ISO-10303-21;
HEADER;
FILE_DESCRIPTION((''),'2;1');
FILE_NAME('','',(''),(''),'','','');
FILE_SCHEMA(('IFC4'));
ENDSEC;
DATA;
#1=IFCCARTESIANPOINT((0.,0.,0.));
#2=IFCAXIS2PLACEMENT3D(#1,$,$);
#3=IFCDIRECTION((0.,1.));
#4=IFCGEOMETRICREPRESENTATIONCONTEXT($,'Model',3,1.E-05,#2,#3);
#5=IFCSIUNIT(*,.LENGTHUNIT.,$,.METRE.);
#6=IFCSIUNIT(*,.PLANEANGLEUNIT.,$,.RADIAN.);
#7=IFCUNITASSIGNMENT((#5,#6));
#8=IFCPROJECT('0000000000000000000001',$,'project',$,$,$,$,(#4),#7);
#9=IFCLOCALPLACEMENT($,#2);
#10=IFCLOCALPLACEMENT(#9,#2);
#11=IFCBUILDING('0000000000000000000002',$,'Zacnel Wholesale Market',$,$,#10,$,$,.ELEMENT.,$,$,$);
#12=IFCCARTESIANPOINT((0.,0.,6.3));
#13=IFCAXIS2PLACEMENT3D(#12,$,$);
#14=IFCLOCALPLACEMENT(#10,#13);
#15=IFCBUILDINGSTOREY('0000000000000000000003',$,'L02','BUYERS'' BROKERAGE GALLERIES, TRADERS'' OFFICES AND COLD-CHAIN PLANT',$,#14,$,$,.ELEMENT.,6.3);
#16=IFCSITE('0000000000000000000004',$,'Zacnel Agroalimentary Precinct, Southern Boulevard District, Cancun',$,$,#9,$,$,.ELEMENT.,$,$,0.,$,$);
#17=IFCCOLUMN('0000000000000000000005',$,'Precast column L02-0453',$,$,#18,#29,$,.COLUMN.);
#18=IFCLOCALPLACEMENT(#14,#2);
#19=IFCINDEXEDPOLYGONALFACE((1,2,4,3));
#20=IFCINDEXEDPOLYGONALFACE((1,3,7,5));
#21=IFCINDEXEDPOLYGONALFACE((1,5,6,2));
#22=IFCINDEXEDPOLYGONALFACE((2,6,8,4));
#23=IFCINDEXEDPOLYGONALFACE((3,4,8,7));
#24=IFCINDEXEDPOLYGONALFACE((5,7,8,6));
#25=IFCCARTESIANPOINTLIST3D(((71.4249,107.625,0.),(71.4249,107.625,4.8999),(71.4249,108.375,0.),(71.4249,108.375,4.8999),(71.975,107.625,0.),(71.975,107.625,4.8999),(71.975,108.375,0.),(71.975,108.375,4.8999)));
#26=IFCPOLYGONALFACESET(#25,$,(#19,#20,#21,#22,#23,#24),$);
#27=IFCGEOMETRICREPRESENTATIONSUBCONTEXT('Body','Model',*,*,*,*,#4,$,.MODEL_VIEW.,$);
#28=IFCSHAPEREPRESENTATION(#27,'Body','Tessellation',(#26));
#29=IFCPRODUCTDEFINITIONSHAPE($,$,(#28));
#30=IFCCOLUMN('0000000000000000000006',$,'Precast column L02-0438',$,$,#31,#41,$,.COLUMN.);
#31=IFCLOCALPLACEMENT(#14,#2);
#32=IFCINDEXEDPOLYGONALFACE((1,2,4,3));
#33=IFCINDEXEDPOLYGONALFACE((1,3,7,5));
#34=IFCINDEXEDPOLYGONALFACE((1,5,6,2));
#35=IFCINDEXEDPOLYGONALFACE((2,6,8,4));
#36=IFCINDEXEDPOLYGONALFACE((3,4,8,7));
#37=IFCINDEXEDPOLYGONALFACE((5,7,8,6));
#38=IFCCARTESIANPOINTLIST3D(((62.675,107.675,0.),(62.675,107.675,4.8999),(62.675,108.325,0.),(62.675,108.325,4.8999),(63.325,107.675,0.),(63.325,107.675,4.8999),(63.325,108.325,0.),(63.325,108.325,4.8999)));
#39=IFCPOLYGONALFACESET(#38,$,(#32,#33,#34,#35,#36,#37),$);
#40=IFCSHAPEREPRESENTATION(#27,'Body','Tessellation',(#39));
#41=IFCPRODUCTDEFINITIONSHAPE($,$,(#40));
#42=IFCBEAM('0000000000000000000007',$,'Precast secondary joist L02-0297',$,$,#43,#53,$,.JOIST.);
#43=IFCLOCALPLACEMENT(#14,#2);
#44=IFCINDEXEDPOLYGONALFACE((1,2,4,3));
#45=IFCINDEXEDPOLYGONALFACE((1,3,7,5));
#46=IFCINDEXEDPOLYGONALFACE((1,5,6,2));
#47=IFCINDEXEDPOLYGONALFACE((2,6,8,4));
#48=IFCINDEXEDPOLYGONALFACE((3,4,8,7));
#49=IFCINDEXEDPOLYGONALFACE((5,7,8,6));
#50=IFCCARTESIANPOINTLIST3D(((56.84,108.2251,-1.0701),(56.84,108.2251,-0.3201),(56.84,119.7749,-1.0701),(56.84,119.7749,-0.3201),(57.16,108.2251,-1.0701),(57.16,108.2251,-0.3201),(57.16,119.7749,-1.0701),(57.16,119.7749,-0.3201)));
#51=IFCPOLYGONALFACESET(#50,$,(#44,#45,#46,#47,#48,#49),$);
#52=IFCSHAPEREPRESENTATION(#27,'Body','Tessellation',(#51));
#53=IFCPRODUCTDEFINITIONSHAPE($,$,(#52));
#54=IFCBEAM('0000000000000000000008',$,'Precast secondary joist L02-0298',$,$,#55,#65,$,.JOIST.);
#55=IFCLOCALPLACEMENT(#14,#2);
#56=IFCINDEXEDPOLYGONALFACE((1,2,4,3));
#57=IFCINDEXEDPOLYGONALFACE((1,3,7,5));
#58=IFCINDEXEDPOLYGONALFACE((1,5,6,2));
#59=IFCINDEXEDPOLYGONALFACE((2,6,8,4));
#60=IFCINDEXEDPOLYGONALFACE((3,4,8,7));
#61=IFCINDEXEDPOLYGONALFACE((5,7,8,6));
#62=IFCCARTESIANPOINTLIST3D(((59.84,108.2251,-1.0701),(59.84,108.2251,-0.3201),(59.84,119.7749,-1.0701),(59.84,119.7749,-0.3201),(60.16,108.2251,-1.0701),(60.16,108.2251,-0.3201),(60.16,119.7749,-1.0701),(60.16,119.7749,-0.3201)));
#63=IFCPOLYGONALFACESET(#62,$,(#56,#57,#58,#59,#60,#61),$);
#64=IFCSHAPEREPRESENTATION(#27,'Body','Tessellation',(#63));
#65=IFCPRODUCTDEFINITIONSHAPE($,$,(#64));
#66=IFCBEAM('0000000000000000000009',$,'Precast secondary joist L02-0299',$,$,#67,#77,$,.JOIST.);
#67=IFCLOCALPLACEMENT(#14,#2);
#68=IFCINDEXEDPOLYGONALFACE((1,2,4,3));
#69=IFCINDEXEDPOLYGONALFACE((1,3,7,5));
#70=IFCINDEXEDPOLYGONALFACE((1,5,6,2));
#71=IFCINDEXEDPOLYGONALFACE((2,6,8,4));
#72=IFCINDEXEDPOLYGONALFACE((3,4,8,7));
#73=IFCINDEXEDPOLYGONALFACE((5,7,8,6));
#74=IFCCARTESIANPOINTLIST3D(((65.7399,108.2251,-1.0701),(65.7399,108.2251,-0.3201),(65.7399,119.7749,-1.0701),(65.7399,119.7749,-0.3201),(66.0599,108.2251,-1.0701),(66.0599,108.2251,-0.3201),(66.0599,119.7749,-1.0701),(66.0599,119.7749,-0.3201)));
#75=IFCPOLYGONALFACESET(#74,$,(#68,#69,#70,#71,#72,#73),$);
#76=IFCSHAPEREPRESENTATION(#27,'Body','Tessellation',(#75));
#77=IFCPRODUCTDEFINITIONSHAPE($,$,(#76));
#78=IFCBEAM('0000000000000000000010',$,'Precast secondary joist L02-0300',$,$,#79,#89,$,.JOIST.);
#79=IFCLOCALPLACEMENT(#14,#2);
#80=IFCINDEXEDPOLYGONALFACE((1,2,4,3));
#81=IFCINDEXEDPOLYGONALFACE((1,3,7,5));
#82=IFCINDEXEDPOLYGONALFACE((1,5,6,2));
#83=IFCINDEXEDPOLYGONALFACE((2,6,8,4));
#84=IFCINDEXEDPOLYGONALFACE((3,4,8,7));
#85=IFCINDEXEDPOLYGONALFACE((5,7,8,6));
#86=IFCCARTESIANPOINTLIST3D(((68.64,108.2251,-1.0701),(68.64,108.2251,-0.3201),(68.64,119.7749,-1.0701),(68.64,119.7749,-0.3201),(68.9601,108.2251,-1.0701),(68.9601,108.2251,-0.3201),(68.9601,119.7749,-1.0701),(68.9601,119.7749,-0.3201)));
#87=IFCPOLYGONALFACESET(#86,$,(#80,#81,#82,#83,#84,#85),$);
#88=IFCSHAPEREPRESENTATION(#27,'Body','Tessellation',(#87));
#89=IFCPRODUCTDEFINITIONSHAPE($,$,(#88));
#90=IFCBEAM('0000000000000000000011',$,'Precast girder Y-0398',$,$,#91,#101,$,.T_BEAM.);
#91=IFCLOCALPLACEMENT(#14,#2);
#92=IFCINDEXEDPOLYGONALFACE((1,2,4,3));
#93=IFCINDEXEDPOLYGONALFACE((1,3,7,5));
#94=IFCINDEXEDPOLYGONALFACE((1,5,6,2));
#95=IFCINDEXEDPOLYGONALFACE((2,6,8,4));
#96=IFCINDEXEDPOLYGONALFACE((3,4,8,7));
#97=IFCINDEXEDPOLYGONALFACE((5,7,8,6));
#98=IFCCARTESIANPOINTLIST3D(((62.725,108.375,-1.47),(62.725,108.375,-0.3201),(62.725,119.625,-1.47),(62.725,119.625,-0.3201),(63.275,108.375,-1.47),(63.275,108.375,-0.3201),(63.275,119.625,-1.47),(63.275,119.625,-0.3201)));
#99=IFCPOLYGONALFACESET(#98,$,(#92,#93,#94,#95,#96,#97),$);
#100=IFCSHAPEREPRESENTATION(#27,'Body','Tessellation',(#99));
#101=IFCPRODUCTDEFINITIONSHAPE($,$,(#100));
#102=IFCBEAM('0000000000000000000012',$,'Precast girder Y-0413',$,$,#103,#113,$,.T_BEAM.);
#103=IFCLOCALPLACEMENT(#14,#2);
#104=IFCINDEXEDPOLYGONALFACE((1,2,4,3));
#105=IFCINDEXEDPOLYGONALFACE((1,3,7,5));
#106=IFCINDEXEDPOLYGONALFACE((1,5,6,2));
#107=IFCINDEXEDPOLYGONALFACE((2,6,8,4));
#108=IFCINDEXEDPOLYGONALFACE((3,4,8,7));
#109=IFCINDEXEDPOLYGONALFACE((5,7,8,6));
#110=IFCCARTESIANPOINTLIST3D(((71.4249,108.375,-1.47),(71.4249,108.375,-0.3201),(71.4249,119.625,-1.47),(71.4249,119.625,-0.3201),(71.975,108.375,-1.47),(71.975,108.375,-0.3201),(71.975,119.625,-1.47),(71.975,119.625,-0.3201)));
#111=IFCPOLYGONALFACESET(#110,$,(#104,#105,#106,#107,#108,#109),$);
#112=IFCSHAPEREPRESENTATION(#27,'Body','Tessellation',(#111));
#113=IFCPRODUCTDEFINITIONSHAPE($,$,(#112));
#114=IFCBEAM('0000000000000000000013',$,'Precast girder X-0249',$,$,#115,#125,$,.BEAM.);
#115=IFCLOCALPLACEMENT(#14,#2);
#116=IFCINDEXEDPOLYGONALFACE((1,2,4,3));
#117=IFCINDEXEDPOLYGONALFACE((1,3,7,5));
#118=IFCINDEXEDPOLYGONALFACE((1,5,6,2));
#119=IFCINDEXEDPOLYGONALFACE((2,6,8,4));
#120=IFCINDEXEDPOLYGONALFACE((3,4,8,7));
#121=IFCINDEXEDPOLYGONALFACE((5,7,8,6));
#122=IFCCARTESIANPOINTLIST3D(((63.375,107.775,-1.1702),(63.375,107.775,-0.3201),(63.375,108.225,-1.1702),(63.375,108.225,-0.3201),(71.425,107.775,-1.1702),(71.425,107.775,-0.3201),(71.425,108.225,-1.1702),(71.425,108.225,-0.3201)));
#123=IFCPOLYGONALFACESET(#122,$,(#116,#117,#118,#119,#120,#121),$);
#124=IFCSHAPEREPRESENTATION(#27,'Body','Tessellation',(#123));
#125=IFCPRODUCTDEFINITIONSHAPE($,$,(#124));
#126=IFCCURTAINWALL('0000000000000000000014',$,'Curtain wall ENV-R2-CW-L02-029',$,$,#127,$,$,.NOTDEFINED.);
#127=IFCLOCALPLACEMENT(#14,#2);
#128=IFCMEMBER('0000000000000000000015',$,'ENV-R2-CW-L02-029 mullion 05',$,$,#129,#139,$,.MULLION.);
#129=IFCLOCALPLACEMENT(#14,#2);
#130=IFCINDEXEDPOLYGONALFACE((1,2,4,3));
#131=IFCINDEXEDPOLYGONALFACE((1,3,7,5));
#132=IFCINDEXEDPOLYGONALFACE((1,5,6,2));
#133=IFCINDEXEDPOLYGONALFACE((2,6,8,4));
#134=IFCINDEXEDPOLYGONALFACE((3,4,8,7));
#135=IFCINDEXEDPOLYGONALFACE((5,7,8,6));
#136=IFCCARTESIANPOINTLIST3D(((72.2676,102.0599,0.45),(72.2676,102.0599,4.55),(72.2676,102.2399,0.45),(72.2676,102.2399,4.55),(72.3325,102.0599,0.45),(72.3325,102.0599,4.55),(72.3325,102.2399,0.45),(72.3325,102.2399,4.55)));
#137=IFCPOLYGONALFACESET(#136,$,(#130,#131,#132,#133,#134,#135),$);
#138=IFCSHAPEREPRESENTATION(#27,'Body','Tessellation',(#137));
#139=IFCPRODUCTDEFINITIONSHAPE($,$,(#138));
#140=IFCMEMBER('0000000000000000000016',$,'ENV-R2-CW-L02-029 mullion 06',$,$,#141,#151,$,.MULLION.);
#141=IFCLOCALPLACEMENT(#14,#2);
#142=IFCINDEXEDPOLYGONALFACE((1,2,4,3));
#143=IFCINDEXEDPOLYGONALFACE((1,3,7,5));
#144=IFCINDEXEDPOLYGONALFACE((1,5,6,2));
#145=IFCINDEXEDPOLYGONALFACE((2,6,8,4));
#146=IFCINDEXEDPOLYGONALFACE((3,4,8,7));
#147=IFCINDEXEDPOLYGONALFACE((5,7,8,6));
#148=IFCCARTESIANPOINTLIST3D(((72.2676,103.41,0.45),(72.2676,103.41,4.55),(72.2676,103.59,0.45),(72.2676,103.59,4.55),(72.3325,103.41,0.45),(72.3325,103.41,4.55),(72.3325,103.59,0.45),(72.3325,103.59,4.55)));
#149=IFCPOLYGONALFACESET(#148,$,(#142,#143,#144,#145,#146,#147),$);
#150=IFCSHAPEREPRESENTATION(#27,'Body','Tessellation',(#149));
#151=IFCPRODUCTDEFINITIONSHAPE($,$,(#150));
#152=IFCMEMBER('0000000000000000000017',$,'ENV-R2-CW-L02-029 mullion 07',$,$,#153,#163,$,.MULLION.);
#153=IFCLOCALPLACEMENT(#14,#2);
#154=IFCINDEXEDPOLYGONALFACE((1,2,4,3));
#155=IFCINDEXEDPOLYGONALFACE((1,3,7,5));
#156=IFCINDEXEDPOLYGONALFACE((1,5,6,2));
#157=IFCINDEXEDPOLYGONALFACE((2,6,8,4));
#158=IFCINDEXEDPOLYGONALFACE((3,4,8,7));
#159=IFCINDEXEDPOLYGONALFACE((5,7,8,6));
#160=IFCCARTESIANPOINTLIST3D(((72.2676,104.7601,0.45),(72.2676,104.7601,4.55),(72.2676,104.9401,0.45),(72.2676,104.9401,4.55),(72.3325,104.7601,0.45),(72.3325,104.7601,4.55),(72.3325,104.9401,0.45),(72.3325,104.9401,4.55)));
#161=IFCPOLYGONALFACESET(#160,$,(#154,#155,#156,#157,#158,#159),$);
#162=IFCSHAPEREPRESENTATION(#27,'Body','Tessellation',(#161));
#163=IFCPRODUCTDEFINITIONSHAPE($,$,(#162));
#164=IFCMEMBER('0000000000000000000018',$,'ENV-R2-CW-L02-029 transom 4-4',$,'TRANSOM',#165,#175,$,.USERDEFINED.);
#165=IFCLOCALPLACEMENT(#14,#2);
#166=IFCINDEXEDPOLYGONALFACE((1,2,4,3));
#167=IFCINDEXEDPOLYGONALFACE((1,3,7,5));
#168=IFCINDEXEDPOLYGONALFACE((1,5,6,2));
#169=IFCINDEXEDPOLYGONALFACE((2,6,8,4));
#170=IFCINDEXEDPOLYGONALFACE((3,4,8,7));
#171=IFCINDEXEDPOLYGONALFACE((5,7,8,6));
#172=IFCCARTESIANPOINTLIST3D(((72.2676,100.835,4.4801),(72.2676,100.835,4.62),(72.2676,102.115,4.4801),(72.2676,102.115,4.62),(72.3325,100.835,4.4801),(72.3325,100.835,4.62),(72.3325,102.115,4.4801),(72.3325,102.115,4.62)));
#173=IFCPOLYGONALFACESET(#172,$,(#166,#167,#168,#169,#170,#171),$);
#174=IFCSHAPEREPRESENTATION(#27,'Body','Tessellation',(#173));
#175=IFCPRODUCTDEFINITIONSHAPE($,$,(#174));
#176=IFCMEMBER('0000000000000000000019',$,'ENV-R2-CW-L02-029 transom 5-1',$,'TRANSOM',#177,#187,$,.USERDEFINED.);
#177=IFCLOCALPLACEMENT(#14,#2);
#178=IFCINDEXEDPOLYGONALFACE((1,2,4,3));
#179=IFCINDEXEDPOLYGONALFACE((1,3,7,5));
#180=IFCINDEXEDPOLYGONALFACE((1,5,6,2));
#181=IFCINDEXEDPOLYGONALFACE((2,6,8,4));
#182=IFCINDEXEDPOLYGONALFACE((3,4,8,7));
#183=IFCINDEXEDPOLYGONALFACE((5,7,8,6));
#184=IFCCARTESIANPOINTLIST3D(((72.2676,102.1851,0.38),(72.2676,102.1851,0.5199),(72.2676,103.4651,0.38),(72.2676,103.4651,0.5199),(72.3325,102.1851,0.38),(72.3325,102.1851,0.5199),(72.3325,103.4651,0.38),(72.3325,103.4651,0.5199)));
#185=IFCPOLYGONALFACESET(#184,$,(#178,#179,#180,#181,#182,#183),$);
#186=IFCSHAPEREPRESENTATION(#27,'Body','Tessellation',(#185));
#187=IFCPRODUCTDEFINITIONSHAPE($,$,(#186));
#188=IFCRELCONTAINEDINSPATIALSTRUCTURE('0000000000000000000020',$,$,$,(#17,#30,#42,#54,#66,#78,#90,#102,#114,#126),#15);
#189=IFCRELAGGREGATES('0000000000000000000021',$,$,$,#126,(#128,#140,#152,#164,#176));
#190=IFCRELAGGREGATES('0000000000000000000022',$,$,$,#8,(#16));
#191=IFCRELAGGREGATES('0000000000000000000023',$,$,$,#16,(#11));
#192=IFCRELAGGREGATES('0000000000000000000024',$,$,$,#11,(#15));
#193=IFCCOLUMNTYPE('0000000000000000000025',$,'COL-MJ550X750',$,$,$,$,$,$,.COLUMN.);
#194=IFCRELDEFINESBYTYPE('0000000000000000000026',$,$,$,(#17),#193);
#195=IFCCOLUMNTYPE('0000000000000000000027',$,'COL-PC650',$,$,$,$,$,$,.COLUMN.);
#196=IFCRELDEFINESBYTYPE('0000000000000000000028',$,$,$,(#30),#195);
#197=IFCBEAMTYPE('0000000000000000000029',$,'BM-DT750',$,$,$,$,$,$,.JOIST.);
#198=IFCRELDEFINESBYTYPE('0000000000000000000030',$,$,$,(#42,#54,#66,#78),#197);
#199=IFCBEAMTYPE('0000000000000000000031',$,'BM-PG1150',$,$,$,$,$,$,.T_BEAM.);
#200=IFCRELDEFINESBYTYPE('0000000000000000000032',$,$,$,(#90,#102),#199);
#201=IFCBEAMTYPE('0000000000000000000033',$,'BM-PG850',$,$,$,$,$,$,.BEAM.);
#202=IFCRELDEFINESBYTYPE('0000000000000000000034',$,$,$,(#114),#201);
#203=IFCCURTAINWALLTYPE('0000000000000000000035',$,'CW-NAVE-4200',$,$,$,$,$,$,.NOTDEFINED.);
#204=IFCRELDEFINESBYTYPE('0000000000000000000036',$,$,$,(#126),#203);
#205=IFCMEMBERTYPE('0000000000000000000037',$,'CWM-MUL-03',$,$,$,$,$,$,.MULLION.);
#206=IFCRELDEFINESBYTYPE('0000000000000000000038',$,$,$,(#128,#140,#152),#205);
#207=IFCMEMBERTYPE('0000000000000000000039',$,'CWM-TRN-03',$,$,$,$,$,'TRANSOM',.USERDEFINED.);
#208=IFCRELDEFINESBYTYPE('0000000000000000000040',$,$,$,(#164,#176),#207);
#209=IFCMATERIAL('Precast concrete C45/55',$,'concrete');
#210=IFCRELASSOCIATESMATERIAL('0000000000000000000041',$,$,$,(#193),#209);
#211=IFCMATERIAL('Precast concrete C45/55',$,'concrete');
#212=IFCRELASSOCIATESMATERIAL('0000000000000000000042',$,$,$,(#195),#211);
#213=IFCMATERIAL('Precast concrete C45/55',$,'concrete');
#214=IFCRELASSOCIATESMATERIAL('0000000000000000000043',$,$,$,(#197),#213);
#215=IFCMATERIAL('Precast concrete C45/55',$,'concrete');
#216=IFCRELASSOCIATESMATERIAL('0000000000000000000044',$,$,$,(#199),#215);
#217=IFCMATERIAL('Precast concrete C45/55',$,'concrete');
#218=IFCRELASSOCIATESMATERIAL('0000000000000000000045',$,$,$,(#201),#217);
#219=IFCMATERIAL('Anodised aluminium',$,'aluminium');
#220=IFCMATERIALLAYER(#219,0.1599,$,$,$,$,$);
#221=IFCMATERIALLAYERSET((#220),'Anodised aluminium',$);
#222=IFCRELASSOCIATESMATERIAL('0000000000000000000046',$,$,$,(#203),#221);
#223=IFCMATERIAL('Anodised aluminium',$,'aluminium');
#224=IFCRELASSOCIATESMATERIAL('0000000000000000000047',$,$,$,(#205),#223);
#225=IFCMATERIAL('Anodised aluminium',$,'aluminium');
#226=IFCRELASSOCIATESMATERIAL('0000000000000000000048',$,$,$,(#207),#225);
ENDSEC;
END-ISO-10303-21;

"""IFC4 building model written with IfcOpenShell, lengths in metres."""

from ifc_helpers import new_model, si_unit, direction, frame, origin, origin_2d, place, context, subcontext, project, spatial, rectangle, extrude, material, layer, layer_set, material_profile, profile_set, type_object, element, aggregate, save


model = new_model("IFC4")

# Units and contexts
model_context = context("Model", 3, precision=1e-05, world=origin(), true_north=direction((0.0, 1.0)))
body_context = subcontext(model_context, "Body", "Model", "MODEL_VIEW")
ifc_project = project(units=[si_unit("LENGTHUNIT", "METRE"), si_unit("PLANEANGLEUNIT", "RADIAN")], contexts=[model_context])

# Site, building, storey
site_placement = place(None, origin())
site = spatial("IfcSite", under=ifc_project, at=site_placement, Name="Zacnel Agroalimentary Precinct, Southern Boulevard District, Cancun", CompositionType="ELEMENT", RefElevation=0.0)
building_placement = place(site_placement, origin())
building = spatial("IfcBuilding", under=site, at=building_placement, Name="Zacnel Wholesale Market", CompositionType="ELEMENT")
storey_placement = place(building_placement, frame((0.0, 0.0, 6.3)))
storey = spatial("IfcBuildingStorey", under=building, at=storey_placement, Name="L02", Description="BUYERS' BROKERAGE GALLERIES, TRADERS' OFFICES AND COLD-CHAIN PLANT", CompositionType="ELEMENT", Elevation=6.3)

# Columns
ifc_material_1 = material(Name="Precast concrete C45/55", Category="concrete")
ifc_material_profile_1 = material_profile(ifc_material_1, rectangle(XDim=0.55, YDim=0.75, at=origin_2d()), Name="PC 550x750")
ifc_profile_set_1 = profile_set([ifc_material_profile_1], Name="Precast concrete C45/55")
column_type_1 = type_object("IfcColumnType", Name="COL-MJ550X750", PredefinedType="COLUMN", material=ifc_profile_set_1)
column_1_placement = place(storey_placement, frame((71.7, 108.0, 0.0), z_axis=(0.0, 0.0, 1.0), x_axis=(1.0, 0.0, 0.0)))
element("IfcColumn", 1, at=column_1_placement, inside=storey, type_object=column_type_1, Name="Precast column L02-0453", PredefinedType="COLUMN", context=body_context, shape_type="SweptSolid", body=[
    extrude(rectangle(XDim=0.55, YDim=0.75, at=origin_2d()), origin(), (0.0, 0.0, 1.0), 4.8999),
])
ifc_material_2 = material(Name="Precast concrete C45/55", Category="concrete")
ifc_material_profile_2 = material_profile(ifc_material_2, rectangle(XDim=0.6499, YDim=0.6499, at=origin_2d()), Name="PC 650x650")
ifc_profile_set_2 = profile_set([ifc_material_profile_2], Name="Precast concrete C45/55")
column_type_2 = type_object("IfcColumnType", Name="COL-PC650", PredefinedType="COLUMN", material=ifc_profile_set_2)
column_2_placement = place(storey_placement, frame((63.0, 108.0, 0.0), z_axis=(0.0, 0.0, 1.0), x_axis=(1.0, 0.0, 0.0)))
element("IfcColumn", 2, at=column_2_placement, inside=storey, type_object=column_type_2, Name="Precast column L02-0438", PredefinedType="COLUMN", context=body_context, shape_type="SweptSolid", body=[
    extrude(rectangle(XDim=0.6499, YDim=0.6499, at=origin_2d()), origin(), (0.0, 0.0, 1.0), 4.8999),
])

# Beams
ifc_material_3 = material(Name="Precast concrete C45/55", Category="concrete")
ifc_material_profile_3 = material_profile(ifc_material_3, rectangle(XDim=0.3201, YDim=0.75, at=origin_2d()), Name="DT RIB 320x750")
ifc_profile_set_3 = profile_set([ifc_material_profile_3], Name="Precast concrete C45/55")
beam_type_1 = type_object("IfcBeamType", Name="BM-DT750", PredefinedType="JOIST", material=ifc_profile_set_3)
for number, where, z_axis, x_axis, name in (
    (3, (57.0, 108.2251, -0.6951), (0.0, 1.0, 0.0), (-1.0, 0.0, 0.0), "Precast secondary joist L02-0297"),
    (4, (60.0, 108.2251, -0.6951), (0.0, 1.0, 0.0), (-1.0, 0.0, 0.0), "Precast secondary joist L02-0298"),
    (5, (65.8999, 108.2251, -0.6951), (0.0, 1.0, 0.0), (-1.0, 0.0, 0.0), "Precast secondary joist L02-0299"),
    (6, (68.8, 108.2251, -0.6951), (0.0, 1.0, 0.0), (-1.0, 0.0, 0.0), "Precast secondary joist L02-0300"),
):
    element("IfcBeam", number, at=place(storey_placement, frame(where, z_axis=z_axis, x_axis=x_axis)), inside=storey, type_object=beam_type_1, Name=name, PredefinedType="JOIST", context=body_context, shape_type="SweptSolid", body=[
        extrude(rectangle(XDim=0.3201, YDim=0.75, at=origin_2d()), origin(), (0.0, 0.0, 1.0), 11.5498),
    ])
ifc_material_4 = material(Name="Precast concrete C45/55", Category="concrete")
ifc_material_profile_4 = material_profile(ifc_material_4, rectangle(XDim=0.55, YDim=1.1499, at=origin_2d()), Name="PG 550x1150")
ifc_profile_set_4 = profile_set([ifc_material_profile_4], Name="Precast concrete C45/55")
beam_type_2 = type_object("IfcBeamType", Name="BM-PG1150", PredefinedType="T_BEAM", material=ifc_profile_set_4)
for number, where, z_axis, x_axis, name in (
    (7, (63.0, 108.375, -0.895), (0.0, 1.0, 0.0), (-1.0, 0.0, 0.0), "Precast girder Y-0398"),
    (8, (71.7, 108.375, -0.895), (0.0, 1.0, 0.0), (-1.0, 0.0, 0.0), "Precast girder Y-0413"),
):
    element("IfcBeam", number, at=place(storey_placement, frame(where, z_axis=z_axis, x_axis=x_axis)), inside=storey, type_object=beam_type_2, Name=name, PredefinedType="T_BEAM", context=body_context, shape_type="SweptSolid", body=[
        extrude(rectangle(XDim=0.55, YDim=1.1499, at=origin_2d()), origin(), (0.0, 0.0, 1.0), 11.25),
    ])
ifc_material_5 = material(Name="Precast concrete C45/55", Category="concrete")
ifc_material_profile_5 = material_profile(ifc_material_5, rectangle(XDim=0.45, YDim=0.8501, at=origin_2d()), Name="PG 450x850")
ifc_profile_set_5 = profile_set([ifc_material_profile_5], Name="Precast concrete C45/55")
beam_type_3 = type_object("IfcBeamType", Name="BM-PG850", PredefinedType="BEAM", material=ifc_profile_set_5)
beam_placement = place(storey_placement, frame((63.375, 108.0, -0.7451), z_axis=(1.0, 0.0, 0.0), x_axis=(0.0, 1.0, 0.0)))
element("IfcBeam", 9, at=beam_placement, inside=storey, type_object=beam_type_3, Name="Precast girder X-0249", PredefinedType="BEAM", context=body_context, shape_type="SweptSolid", body=[
    extrude(rectangle(XDim=0.45, YDim=0.8501, at=origin_2d()), origin(), (0.0, 0.0, 1.0), 8.05),
])

# Curtain wall, members
ifc_material_6 = material(Name="Anodised aluminium", Category="aluminium")
ifc_layer_1 = layer(ifc_material_6, 0.1599)
ifc_layer_set_1 = layer_set([ifc_layer_1], Name="Anodised aluminium")
curtain_wall_type = type_object("IfcCurtainWallType", Name="CW-NAVE-4200", PredefinedType="NOTDEFINED", material=ifc_layer_set_1)
curtain_wall_placement = place(storey_placement, origin())
curtain_wall = element("IfcCurtainWall", 10, at=curtain_wall_placement, inside=storey, type_object=curtain_wall_type, Name="Curtain wall ENV-R2-CW-L02-029", PredefinedType="NOTDEFINED")
ifc_material_7 = material(Name="Anodised aluminium", Category="aluminium")
ifc_material_profile_6 = material_profile(ifc_material_7, rectangle(XDim=0.0649, YDim=0.1799, at=origin_2d()), Name="AW-MULLION 65x180")
ifc_profile_set_6 = profile_set([ifc_material_profile_6], Name="Anodised aluminium")
member_type_1 = type_object("IfcMemberType", Name="CWM-MUL-03", PredefinedType="MULLION", material=ifc_profile_set_6)
member_1_placement = place(storey_placement, frame((72.3, 102.1499, 0.45), z_axis=(0.0, 0.0, 1.0), x_axis=(1.0, 0.0, 0.0)))
member_1 = element("IfcMember", 11, at=member_1_placement, type_object=member_type_1, Name="ENV-R2-CW-L02-029 mullion 05", PredefinedType="MULLION", context=body_context, shape_type="SweptSolid", body=[
    extrude(rectangle(XDim=0.0649, YDim=0.1799, at=origin_2d()), origin(), (0.0, 0.0, 1.0), 4.1001),
])
member_2_placement = place(storey_placement, frame((72.3, 103.5, 0.45), z_axis=(0.0, 0.0, 1.0), x_axis=(1.0, 0.0, 0.0)))
member_2 = element("IfcMember", 12, at=member_2_placement, type_object=member_type_1, Name="ENV-R2-CW-L02-029 mullion 06", PredefinedType="MULLION", context=body_context, shape_type="SweptSolid", body=[
    extrude(rectangle(XDim=0.0649, YDim=0.1799, at=origin_2d()), origin(), (0.0, 0.0, 1.0), 4.1001),
])
member_3_placement = place(storey_placement, frame((72.3, 104.8501, 0.45), z_axis=(0.0, 0.0, 1.0), x_axis=(1.0, 0.0, 0.0)))
member_3 = element("IfcMember", 13, at=member_3_placement, type_object=member_type_1, Name="ENV-R2-CW-L02-029 mullion 07", PredefinedType="MULLION", context=body_context, shape_type="SweptSolid", body=[
    extrude(rectangle(XDim=0.0649, YDim=0.1799, at=origin_2d()), origin(), (0.0, 0.0, 1.0), 4.1001),
])
ifc_material_8 = material(Name="Anodised aluminium", Category="aluminium")
ifc_material_profile_7 = material_profile(ifc_material_8, rectangle(XDim=0.0649, YDim=0.1399, at=origin_2d()), Name="AW-TRANSOM 65x140")
ifc_profile_set_7 = profile_set([ifc_material_profile_7], Name="Anodised aluminium")
member_type_2 = type_object("IfcMemberType", Name="CWM-TRN-03", ElementType="TRANSOM", PredefinedType="USERDEFINED", material=ifc_profile_set_7)
member_4_placement = place(storey_placement, frame((72.3, 100.835, 4.55), z_axis=(0.0, 1.0, 0.0), x_axis=(-1.0, 0.0, 0.0)))
member_4 = element("IfcMember", 14, at=member_4_placement, type_object=member_type_2, Name="ENV-R2-CW-L02-029 transom 4-4", ObjectType="TRANSOM", PredefinedType="USERDEFINED", context=body_context, shape_type="SweptSolid", body=[
    extrude(rectangle(XDim=0.0649, YDim=0.1399, at=origin_2d()), origin(), (0.0, 0.0, 1.0), 1.28),
])
member_5_placement = place(storey_placement, frame((72.3, 102.1851, 0.45), z_axis=(0.0, 1.0, 0.0), x_axis=(-1.0, 0.0, 0.0)))
member_5 = element("IfcMember", 15, at=member_5_placement, type_object=member_type_2, Name="ENV-R2-CW-L02-029 transom 5-1", ObjectType="TRANSOM", PredefinedType="USERDEFINED", context=body_context, shape_type="SweptSolid", body=[
    extrude(rectangle(XDim=0.0649, YDim=0.1399, at=origin_2d()), origin(), (0.0, 0.0, 1.0), 1.28),
])
aggregate(curtain_wall, [member_1, member_2, member_3, member_4, member_5])

save(model, "model.ifc")
